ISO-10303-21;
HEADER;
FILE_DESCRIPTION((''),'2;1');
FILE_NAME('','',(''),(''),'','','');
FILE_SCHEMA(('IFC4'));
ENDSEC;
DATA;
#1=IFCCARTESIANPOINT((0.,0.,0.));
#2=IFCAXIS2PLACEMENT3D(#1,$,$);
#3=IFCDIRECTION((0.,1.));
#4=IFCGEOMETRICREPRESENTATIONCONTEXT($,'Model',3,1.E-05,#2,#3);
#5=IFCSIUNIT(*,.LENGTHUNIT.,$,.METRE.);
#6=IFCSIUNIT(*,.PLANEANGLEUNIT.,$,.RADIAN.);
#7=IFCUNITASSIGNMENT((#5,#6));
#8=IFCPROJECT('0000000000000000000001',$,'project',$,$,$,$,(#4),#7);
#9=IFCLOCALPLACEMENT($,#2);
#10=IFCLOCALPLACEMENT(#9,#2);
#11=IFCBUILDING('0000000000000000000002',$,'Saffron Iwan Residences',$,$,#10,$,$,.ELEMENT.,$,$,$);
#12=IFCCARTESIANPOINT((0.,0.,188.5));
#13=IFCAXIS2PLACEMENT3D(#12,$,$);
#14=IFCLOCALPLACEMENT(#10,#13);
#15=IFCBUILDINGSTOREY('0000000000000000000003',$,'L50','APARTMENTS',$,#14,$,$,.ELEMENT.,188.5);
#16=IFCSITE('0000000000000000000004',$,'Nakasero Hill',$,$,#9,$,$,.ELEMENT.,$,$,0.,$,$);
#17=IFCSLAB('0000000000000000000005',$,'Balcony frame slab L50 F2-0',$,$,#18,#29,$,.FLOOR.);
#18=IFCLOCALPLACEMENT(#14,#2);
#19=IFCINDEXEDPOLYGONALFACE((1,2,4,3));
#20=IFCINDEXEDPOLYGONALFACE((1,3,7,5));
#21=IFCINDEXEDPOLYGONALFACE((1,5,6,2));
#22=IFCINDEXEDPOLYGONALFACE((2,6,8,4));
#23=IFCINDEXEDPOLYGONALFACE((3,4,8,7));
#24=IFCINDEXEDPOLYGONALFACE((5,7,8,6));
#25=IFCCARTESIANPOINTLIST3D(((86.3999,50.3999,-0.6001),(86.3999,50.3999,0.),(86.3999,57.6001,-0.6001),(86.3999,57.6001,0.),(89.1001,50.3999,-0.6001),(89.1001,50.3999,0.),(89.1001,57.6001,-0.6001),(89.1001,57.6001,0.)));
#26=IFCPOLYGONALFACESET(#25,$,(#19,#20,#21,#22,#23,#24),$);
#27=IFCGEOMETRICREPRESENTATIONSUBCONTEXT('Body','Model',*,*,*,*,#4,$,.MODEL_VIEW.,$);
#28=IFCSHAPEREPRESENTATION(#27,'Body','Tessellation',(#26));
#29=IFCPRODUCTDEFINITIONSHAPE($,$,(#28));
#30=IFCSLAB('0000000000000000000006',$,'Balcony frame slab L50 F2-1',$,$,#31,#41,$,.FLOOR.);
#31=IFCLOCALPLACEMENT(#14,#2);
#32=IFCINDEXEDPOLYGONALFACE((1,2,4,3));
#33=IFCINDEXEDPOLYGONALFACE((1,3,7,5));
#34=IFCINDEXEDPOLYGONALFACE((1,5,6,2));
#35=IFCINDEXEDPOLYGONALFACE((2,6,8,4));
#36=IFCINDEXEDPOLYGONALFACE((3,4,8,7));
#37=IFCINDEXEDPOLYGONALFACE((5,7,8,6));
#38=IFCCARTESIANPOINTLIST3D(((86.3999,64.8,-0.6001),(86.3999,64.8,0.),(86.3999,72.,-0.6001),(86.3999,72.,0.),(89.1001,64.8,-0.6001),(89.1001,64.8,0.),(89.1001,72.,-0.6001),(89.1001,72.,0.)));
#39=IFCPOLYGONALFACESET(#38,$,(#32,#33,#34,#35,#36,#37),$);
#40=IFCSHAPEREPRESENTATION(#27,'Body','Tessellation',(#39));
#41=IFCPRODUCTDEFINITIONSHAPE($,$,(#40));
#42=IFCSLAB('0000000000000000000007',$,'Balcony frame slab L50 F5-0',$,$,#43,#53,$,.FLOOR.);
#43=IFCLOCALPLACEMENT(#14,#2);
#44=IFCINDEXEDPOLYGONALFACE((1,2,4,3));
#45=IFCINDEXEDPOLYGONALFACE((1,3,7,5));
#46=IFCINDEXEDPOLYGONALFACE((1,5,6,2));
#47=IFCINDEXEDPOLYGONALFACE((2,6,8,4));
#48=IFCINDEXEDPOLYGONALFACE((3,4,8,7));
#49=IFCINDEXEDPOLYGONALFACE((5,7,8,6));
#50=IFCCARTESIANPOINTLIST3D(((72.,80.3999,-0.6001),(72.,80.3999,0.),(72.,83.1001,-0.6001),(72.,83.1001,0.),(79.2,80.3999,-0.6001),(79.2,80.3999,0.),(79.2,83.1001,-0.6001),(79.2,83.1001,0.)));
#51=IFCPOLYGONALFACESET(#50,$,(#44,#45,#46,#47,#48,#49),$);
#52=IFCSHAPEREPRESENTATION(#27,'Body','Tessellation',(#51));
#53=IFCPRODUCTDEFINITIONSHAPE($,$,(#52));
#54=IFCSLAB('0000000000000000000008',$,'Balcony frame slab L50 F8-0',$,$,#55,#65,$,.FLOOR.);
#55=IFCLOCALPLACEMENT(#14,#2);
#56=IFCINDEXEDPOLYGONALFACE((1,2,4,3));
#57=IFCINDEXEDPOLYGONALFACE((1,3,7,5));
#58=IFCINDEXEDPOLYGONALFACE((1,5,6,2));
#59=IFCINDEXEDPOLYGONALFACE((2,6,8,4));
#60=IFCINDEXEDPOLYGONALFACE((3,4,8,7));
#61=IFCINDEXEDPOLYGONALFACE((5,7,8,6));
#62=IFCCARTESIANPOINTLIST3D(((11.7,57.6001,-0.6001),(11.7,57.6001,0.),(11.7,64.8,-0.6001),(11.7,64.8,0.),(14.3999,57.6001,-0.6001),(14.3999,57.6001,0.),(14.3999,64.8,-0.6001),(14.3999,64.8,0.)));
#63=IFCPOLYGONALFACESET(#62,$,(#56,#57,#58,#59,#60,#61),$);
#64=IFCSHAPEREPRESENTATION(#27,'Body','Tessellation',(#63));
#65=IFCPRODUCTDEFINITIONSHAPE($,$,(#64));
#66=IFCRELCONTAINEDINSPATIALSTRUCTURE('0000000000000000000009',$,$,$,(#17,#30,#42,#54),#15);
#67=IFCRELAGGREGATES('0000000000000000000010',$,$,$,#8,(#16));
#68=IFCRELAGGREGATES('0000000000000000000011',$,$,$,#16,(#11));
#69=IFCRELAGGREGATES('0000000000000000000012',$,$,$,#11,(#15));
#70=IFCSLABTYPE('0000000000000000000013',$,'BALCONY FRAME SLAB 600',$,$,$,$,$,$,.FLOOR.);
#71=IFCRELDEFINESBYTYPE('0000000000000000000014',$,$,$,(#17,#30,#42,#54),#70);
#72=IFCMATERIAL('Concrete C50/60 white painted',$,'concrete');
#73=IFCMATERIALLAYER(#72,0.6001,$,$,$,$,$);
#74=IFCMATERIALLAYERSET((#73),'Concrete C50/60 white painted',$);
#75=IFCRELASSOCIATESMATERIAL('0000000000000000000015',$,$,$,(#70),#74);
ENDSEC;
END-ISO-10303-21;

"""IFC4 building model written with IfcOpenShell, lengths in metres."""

from ifc_helpers import new_model, si_unit, direction, frame, origin, place, context, subcontext, project, spatial, polyline, outline, extrude, material, layer, layer_set, type_object, element, save


model = new_model("IFC4")

# Units and contexts
model_context = context("Model", 3, precision=1e-05, world=origin(), true_north=direction((0.0, 1.0)))
body_context = subcontext(model_context, "Body", "Model", "MODEL_VIEW")
ifc_project = project(units=[si_unit("LENGTHUNIT", "METRE"), si_unit("PLANEANGLEUNIT", "RADIAN")], contexts=[model_context])

# Site, building, storey
site_placement = place(None, origin())
site = spatial("IfcSite", under=ifc_project, at=site_placement, Name="Nakasero Hill", CompositionType="ELEMENT", RefElevation=0.0)
building_placement = place(site_placement, origin())
building = spatial("IfcBuilding", under=site, at=building_placement, Name="Saffron Iwan Residences", CompositionType="ELEMENT")
storey_placement = place(building_placement, frame((0.0, 0.0, 188.5)))
storey = spatial("IfcBuildingStorey", under=building, at=storey_placement, Name="L50", Description="APARTMENTS", CompositionType="ELEMENT", Elevation=188.5)

# Slabs
ifc_material_1 = material(Name="Concrete C50/60 white painted", Category="concrete")
ifc_layer_1 = layer(ifc_material_1, 0.6001)
ifc_layer_set_1 = layer_set([ifc_layer_1], Name="Concrete C50/60 white painted")
slab_type_1 = type_object("IfcSlabType", Name="BALCONY FRAME SLAB 600", PredefinedType="FLOOR", material=ifc_layer_set_1)
slab_1_placement = place(storey_placement, frame((0.0, 0.0, -0.6001)))
element("IfcSlab", 1, at=slab_1_placement, inside=storey, type_object=slab_type_1, Name="Balcony frame slab L50 F2-0", PredefinedType="FLOOR", context=body_context, shape_type="SweptSolid", body=[
    extrude(outline(polyline([(89.1001, 50.3999), (89.1001, 57.6001), (86.3999, 57.6001), (86.3999, 50.3999), (89.1001, 50.3999)])), origin(), (0.0, 0.0, 1.0), 0.6001),
])
slab_2_placement = place(storey_placement, frame((0.0, 0.0, -0.6001)))
element("IfcSlab", 2, at=slab_2_placement, inside=storey, type_object=slab_type_1, Name="Balcony frame slab L50 F2-1", PredefinedType="FLOOR", context=body_context, shape_type="SweptSolid", body=[
    extrude(outline(polyline([(89.1001, 64.8), (89.1001, 72.0), (86.3999, 72.0), (86.3999, 64.8), (89.1001, 64.8)])), origin(), (0.0, 0.0, 1.0), 0.6001),
])
slab_3_placement = place(storey_placement, frame((0.0, 0.0, -0.6001)))
element("IfcSlab", 3, at=slab_3_placement, inside=storey, type_object=slab_type_1, Name="Balcony frame slab L50 F5-0", PredefinedType="FLOOR", context=body_context, shape_type="SweptSolid", body=[
    extrude(outline(polyline([(79.2, 83.1001), (72.0, 83.1001), (72.0, 80.3999), (79.2, 80.3999), (79.2, 83.1001)])), origin(), (0.0, 0.0, 1.0), 0.6001),
])
slab_4_placement = place(storey_placement, frame((0.0, 0.0, -0.6001)))
element("IfcSlab", 4, at=slab_4_placement, inside=storey, type_object=slab_type_1, Name="Balcony frame slab L50 F8-0", PredefinedType="FLOOR", context=body_context, shape_type="SweptSolid", body=[
    extrude(outline(polyline([(11.7, 64.8), (11.7, 57.6001), (14.3999, 57.6001), (14.3999, 64.8), (11.7, 64.8)])), origin(), (0.0, 0.0, 1.0), 0.6001),
])

save(model, "model.ifc")
